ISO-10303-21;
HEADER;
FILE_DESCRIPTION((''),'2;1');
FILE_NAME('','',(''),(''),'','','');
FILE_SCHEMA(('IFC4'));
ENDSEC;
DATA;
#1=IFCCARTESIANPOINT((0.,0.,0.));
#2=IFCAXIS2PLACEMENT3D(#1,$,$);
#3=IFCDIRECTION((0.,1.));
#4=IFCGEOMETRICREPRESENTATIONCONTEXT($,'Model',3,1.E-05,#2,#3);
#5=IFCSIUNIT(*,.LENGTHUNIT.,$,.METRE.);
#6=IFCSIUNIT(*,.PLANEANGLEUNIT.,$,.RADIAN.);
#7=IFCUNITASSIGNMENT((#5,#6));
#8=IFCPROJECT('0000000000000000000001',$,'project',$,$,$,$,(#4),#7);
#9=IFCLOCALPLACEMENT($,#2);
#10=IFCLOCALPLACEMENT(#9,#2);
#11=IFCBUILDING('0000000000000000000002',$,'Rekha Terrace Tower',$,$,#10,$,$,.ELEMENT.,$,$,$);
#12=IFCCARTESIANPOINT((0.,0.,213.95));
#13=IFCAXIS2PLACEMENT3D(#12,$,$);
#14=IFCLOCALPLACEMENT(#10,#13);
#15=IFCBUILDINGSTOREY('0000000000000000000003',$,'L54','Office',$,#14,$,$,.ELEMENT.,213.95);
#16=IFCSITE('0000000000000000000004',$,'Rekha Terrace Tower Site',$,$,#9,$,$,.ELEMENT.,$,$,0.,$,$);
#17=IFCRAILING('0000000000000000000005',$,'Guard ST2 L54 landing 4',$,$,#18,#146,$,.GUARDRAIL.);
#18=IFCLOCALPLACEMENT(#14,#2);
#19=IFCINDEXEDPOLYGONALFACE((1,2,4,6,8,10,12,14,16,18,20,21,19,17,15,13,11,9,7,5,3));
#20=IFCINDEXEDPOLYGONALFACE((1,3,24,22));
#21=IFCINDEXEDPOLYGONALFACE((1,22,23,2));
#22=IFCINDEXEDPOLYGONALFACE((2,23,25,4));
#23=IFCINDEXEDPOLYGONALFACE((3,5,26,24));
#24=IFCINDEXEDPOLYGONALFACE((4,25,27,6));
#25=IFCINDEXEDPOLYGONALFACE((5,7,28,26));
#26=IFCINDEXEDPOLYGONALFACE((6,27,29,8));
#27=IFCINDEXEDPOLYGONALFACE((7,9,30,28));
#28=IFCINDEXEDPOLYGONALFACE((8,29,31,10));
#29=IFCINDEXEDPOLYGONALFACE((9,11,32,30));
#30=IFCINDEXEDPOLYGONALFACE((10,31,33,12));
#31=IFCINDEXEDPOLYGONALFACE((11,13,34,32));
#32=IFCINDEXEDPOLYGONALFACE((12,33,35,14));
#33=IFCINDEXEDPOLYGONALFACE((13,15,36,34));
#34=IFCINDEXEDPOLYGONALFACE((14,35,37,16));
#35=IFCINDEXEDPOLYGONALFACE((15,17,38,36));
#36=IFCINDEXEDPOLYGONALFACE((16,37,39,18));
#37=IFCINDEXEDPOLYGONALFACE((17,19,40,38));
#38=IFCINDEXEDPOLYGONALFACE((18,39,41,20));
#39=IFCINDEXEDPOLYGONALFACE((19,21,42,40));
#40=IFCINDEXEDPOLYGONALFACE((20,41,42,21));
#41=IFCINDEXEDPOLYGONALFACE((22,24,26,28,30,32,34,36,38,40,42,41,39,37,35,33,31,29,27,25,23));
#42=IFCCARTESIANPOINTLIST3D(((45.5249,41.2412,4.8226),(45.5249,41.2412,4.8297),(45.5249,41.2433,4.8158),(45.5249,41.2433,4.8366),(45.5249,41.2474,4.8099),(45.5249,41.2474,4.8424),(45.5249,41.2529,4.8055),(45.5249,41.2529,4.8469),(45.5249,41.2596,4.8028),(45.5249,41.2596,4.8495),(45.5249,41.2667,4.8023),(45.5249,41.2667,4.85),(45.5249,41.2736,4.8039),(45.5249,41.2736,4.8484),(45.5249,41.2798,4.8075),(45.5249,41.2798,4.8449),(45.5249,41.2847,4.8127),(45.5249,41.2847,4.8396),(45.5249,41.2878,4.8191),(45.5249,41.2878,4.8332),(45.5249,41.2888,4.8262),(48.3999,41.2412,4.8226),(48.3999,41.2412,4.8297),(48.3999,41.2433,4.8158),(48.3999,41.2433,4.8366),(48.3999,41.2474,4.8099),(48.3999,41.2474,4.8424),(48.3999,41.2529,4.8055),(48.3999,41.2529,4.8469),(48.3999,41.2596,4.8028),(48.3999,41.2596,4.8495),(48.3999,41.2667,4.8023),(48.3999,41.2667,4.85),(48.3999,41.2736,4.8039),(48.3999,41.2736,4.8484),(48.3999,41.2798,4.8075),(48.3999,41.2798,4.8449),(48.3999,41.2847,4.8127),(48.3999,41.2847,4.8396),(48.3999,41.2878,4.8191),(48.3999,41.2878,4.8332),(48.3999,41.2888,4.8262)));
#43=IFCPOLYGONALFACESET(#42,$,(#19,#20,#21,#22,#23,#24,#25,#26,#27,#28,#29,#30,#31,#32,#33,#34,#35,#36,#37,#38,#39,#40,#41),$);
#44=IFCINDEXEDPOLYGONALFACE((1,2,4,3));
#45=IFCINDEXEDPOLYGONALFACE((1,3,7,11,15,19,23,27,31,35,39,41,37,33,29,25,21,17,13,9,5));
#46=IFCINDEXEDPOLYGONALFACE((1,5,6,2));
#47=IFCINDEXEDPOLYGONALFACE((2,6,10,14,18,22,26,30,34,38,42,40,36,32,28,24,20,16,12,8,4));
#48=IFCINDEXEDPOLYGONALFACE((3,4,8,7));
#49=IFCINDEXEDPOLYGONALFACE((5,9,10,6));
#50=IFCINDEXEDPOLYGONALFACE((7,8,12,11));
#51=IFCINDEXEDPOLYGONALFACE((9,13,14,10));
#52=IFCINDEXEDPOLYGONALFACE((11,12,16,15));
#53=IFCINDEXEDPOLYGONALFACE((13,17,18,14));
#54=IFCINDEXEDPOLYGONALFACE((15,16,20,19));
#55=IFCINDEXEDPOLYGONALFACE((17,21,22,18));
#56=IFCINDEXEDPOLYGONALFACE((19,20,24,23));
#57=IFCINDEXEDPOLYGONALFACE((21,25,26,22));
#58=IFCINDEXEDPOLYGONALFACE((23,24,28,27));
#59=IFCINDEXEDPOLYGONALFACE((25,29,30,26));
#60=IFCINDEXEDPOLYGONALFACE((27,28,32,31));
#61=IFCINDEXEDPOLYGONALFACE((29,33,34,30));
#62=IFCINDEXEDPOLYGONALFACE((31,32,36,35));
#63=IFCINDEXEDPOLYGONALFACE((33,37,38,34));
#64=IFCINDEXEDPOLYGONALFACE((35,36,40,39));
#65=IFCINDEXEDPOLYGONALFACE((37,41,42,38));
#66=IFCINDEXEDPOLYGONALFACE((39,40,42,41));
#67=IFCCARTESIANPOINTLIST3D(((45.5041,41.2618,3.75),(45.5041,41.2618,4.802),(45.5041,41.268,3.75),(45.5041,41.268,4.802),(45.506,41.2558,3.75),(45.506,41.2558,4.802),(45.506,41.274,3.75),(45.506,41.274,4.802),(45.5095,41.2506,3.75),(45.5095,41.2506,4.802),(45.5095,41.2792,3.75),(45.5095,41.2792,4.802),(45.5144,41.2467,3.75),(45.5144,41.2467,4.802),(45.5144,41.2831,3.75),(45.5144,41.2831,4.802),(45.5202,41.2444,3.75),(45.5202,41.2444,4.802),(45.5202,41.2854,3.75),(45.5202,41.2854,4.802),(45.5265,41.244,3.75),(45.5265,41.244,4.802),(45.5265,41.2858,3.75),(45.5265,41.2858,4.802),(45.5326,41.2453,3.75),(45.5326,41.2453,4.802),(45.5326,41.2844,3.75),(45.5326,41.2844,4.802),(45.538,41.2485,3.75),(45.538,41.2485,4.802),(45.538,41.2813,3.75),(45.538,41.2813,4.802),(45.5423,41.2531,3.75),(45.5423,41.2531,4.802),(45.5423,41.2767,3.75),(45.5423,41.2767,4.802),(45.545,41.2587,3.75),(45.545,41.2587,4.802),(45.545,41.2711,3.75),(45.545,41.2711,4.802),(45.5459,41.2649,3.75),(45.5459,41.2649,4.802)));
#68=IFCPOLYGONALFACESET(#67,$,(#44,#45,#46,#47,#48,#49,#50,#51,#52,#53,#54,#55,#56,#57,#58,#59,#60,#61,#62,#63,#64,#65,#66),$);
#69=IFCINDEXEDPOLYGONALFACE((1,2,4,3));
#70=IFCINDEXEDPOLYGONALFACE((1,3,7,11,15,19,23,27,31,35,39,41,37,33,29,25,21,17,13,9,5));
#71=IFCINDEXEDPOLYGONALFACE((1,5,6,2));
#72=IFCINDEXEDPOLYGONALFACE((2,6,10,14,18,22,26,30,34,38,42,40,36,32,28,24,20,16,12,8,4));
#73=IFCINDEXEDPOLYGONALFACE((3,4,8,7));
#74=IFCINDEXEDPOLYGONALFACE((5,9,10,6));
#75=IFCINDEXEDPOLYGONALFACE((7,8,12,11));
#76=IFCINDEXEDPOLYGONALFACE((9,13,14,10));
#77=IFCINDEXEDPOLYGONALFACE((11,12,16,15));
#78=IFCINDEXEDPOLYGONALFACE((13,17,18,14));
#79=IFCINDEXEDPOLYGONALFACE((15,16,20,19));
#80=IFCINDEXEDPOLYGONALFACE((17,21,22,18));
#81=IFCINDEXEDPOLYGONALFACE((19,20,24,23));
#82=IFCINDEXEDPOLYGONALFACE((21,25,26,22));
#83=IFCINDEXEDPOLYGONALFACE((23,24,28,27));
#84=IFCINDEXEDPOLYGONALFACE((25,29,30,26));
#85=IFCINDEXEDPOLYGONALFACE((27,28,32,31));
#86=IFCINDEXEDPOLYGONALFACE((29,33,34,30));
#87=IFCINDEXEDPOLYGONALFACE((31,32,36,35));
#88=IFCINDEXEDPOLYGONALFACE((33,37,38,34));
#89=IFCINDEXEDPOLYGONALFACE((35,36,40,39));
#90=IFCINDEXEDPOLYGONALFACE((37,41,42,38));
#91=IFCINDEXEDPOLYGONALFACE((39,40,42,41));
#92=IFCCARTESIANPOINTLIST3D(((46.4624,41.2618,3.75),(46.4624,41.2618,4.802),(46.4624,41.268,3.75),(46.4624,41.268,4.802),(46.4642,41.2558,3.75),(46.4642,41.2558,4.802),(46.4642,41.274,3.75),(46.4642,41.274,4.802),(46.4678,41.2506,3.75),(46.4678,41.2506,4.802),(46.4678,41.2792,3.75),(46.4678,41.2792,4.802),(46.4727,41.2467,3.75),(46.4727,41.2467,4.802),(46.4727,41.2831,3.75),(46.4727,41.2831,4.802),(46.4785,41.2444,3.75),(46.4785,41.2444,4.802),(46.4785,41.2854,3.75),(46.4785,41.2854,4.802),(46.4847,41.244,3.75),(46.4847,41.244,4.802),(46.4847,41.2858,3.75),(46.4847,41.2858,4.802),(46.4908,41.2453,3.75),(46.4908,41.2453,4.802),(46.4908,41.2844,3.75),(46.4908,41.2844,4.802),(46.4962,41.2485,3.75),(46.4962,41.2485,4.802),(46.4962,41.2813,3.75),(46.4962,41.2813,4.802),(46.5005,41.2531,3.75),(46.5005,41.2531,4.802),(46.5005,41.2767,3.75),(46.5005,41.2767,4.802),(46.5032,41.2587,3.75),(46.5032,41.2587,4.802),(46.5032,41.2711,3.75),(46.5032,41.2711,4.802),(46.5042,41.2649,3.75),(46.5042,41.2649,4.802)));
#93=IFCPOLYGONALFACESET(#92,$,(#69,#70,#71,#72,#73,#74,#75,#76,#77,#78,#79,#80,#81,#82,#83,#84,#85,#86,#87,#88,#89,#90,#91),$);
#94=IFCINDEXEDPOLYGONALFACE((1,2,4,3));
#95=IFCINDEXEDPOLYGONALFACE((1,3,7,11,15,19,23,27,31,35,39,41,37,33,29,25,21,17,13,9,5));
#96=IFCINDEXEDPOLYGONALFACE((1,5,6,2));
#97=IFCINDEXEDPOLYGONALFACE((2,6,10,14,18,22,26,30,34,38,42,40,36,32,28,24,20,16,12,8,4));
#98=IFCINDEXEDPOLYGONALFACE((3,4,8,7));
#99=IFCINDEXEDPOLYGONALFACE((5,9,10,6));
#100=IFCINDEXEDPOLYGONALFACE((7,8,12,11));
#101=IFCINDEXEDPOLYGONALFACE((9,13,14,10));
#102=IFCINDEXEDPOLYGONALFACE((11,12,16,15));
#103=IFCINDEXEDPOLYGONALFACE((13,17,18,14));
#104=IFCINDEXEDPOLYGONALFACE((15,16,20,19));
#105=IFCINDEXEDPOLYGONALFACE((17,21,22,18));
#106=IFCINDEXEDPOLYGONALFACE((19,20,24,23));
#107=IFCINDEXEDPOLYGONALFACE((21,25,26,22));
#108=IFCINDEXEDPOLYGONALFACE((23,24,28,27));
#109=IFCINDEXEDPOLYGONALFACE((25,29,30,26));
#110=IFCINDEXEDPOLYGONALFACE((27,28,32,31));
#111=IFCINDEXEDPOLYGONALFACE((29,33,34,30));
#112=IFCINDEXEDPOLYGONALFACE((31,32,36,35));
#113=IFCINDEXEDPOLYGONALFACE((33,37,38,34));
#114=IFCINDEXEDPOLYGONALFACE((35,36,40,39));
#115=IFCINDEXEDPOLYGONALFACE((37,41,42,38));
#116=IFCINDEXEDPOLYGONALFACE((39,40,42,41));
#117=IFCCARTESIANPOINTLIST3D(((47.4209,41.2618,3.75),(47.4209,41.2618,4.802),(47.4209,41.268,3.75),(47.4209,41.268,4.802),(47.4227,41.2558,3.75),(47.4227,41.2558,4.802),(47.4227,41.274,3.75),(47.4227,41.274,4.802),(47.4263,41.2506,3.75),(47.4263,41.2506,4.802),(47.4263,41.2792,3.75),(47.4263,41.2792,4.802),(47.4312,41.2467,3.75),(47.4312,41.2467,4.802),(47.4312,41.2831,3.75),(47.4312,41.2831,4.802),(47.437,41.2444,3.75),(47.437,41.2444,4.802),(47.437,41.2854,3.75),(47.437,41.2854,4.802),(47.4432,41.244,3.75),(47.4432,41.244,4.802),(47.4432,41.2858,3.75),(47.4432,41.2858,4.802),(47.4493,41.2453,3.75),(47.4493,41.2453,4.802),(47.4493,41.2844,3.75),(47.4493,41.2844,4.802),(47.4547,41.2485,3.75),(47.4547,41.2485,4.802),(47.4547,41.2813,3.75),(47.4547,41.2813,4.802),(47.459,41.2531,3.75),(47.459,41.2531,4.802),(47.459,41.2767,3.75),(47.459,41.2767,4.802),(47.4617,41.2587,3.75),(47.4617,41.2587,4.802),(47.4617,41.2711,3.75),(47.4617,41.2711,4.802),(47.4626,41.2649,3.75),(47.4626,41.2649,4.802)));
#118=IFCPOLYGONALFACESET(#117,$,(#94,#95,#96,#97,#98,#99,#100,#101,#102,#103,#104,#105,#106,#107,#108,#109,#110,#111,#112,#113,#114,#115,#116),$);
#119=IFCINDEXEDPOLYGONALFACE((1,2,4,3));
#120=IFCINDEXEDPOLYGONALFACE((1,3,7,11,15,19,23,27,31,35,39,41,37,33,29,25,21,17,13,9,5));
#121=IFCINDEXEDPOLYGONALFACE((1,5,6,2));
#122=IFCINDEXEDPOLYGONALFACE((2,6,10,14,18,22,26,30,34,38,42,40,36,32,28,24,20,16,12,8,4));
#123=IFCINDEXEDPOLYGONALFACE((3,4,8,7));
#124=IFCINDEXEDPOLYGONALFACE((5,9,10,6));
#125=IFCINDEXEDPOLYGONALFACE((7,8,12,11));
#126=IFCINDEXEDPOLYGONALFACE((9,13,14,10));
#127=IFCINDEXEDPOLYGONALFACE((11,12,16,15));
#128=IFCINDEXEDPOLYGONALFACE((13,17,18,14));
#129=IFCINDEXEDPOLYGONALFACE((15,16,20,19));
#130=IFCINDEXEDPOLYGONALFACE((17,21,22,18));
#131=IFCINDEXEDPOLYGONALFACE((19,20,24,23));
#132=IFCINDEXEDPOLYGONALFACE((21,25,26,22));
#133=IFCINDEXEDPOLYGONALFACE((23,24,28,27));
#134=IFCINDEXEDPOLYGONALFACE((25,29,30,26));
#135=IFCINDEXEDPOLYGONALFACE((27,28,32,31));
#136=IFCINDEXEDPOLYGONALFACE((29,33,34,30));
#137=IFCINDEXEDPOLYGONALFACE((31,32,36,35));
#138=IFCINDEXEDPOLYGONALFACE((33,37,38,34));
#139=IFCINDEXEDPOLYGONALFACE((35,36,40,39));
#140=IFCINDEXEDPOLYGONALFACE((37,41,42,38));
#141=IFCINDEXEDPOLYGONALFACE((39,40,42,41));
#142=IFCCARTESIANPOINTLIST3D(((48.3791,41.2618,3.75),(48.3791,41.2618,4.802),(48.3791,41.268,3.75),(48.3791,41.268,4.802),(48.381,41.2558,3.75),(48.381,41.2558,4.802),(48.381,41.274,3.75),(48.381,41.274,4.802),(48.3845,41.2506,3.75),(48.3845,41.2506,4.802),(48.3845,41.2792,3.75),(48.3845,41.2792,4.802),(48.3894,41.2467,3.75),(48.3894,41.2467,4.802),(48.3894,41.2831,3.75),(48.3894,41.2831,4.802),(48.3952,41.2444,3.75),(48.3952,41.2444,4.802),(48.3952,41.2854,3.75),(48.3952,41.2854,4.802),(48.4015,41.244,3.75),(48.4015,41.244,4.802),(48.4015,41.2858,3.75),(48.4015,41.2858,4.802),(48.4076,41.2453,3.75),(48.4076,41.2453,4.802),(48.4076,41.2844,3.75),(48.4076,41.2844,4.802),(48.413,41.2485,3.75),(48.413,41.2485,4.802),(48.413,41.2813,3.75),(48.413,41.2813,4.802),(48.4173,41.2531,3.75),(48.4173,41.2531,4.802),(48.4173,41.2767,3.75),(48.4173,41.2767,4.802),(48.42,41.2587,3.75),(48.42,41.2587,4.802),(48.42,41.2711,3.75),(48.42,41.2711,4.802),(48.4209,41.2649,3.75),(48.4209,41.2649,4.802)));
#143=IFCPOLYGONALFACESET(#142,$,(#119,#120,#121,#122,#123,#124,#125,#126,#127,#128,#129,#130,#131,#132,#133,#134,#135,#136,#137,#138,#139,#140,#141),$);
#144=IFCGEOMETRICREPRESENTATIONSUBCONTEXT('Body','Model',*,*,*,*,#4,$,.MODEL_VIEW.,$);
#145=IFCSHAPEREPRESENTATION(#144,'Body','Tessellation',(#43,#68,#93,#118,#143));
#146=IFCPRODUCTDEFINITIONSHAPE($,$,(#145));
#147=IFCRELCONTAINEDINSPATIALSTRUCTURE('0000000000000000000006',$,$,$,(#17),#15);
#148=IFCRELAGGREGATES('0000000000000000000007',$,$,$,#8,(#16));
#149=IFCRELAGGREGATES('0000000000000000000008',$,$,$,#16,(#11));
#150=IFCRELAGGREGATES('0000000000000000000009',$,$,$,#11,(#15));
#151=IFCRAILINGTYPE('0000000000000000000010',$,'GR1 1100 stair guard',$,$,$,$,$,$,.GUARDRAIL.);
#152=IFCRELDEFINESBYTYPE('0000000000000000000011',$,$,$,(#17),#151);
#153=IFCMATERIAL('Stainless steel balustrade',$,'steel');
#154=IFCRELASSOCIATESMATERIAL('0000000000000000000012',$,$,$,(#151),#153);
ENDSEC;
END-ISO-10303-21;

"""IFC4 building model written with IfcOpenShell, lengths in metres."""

from ifc_helpers import new_model, si_unit, direction, frame, origin, origin_2d, place, context, subcontext, project, spatial, circle, extrude, material, type_object, element, save


model = new_model("IFC4")

# Units and contexts
model_context = context("Model", 3, precision=1e-05, world=origin(), true_north=direction((0.0, 1.0)))
body_context = subcontext(model_context, "Body", "Model", "MODEL_VIEW")
ifc_project = project(units=[si_unit("LENGTHUNIT", "METRE"), si_unit("PLANEANGLEUNIT", "RADIAN")], contexts=[model_context])

# Site, building, storey
site_placement = place(None, origin())
site = spatial("IfcSite", under=ifc_project, at=site_placement, Name="Rekha Terrace Tower Site", CompositionType="ELEMENT", RefElevation=0.0)
building_placement = place(site_placement, origin())
building = spatial("IfcBuilding", under=site, at=building_placement, Name="Rekha Terrace Tower", CompositionType="ELEMENT")
storey_placement = place(building_placement, frame((0.0, 0.0, 213.95)))
storey = spatial("IfcBuildingStorey", under=building, at=storey_placement, Name="L54", Description="Office", CompositionType="ELEMENT", Elevation=213.95)

# Railing
ifc_material_1 = material(Name="Stainless steel balustrade", Category="steel")
railing_type_1 = type_object("IfcRailingType", Name="GR1 1100 stair guard", PredefinedType="GUARDRAIL", material=ifc_material_1)
railing_1_placement = place(storey_placement, frame((45.5249, 41.2649, 3.75)))
element("IfcRailing", 1, at=railing_1_placement, inside=storey, type_object=railing_type_1, Name="Guard ST2 L54 landing 4", PredefinedType="GUARDRAIL", context=body_context, shape_type="SweptSolid", body=[
    extrude(circle(Radius=0.0239, at=origin_2d()), frame((0.0, 0.0, 1.0762), z_axis=(1.0, 0.0, 0.0), x_axis=(0.0, 1.0, 0.0)), (0.0, 0.0, 1.0), 2.875),
    extrude(circle(Radius=0.021, at=origin_2d()), origin(), (0.0, 0.0, 1.0), 1.052),
    extrude(circle(Radius=0.021, at=origin_2d()), frame((0.9583, 0.0, 0.0)), (0.0, 0.0, 1.0), 1.052),
    extrude(circle(Radius=0.021, at=origin_2d()), frame((1.9167, 0.0, 0.0)), (0.0, 0.0, 1.0), 1.052),
    extrude(circle(Radius=0.021, at=origin_2d()), frame((2.875, 0.0, 0.0)), (0.0, 0.0, 1.0), 1.052),
])

save(model, "model.ifc")
